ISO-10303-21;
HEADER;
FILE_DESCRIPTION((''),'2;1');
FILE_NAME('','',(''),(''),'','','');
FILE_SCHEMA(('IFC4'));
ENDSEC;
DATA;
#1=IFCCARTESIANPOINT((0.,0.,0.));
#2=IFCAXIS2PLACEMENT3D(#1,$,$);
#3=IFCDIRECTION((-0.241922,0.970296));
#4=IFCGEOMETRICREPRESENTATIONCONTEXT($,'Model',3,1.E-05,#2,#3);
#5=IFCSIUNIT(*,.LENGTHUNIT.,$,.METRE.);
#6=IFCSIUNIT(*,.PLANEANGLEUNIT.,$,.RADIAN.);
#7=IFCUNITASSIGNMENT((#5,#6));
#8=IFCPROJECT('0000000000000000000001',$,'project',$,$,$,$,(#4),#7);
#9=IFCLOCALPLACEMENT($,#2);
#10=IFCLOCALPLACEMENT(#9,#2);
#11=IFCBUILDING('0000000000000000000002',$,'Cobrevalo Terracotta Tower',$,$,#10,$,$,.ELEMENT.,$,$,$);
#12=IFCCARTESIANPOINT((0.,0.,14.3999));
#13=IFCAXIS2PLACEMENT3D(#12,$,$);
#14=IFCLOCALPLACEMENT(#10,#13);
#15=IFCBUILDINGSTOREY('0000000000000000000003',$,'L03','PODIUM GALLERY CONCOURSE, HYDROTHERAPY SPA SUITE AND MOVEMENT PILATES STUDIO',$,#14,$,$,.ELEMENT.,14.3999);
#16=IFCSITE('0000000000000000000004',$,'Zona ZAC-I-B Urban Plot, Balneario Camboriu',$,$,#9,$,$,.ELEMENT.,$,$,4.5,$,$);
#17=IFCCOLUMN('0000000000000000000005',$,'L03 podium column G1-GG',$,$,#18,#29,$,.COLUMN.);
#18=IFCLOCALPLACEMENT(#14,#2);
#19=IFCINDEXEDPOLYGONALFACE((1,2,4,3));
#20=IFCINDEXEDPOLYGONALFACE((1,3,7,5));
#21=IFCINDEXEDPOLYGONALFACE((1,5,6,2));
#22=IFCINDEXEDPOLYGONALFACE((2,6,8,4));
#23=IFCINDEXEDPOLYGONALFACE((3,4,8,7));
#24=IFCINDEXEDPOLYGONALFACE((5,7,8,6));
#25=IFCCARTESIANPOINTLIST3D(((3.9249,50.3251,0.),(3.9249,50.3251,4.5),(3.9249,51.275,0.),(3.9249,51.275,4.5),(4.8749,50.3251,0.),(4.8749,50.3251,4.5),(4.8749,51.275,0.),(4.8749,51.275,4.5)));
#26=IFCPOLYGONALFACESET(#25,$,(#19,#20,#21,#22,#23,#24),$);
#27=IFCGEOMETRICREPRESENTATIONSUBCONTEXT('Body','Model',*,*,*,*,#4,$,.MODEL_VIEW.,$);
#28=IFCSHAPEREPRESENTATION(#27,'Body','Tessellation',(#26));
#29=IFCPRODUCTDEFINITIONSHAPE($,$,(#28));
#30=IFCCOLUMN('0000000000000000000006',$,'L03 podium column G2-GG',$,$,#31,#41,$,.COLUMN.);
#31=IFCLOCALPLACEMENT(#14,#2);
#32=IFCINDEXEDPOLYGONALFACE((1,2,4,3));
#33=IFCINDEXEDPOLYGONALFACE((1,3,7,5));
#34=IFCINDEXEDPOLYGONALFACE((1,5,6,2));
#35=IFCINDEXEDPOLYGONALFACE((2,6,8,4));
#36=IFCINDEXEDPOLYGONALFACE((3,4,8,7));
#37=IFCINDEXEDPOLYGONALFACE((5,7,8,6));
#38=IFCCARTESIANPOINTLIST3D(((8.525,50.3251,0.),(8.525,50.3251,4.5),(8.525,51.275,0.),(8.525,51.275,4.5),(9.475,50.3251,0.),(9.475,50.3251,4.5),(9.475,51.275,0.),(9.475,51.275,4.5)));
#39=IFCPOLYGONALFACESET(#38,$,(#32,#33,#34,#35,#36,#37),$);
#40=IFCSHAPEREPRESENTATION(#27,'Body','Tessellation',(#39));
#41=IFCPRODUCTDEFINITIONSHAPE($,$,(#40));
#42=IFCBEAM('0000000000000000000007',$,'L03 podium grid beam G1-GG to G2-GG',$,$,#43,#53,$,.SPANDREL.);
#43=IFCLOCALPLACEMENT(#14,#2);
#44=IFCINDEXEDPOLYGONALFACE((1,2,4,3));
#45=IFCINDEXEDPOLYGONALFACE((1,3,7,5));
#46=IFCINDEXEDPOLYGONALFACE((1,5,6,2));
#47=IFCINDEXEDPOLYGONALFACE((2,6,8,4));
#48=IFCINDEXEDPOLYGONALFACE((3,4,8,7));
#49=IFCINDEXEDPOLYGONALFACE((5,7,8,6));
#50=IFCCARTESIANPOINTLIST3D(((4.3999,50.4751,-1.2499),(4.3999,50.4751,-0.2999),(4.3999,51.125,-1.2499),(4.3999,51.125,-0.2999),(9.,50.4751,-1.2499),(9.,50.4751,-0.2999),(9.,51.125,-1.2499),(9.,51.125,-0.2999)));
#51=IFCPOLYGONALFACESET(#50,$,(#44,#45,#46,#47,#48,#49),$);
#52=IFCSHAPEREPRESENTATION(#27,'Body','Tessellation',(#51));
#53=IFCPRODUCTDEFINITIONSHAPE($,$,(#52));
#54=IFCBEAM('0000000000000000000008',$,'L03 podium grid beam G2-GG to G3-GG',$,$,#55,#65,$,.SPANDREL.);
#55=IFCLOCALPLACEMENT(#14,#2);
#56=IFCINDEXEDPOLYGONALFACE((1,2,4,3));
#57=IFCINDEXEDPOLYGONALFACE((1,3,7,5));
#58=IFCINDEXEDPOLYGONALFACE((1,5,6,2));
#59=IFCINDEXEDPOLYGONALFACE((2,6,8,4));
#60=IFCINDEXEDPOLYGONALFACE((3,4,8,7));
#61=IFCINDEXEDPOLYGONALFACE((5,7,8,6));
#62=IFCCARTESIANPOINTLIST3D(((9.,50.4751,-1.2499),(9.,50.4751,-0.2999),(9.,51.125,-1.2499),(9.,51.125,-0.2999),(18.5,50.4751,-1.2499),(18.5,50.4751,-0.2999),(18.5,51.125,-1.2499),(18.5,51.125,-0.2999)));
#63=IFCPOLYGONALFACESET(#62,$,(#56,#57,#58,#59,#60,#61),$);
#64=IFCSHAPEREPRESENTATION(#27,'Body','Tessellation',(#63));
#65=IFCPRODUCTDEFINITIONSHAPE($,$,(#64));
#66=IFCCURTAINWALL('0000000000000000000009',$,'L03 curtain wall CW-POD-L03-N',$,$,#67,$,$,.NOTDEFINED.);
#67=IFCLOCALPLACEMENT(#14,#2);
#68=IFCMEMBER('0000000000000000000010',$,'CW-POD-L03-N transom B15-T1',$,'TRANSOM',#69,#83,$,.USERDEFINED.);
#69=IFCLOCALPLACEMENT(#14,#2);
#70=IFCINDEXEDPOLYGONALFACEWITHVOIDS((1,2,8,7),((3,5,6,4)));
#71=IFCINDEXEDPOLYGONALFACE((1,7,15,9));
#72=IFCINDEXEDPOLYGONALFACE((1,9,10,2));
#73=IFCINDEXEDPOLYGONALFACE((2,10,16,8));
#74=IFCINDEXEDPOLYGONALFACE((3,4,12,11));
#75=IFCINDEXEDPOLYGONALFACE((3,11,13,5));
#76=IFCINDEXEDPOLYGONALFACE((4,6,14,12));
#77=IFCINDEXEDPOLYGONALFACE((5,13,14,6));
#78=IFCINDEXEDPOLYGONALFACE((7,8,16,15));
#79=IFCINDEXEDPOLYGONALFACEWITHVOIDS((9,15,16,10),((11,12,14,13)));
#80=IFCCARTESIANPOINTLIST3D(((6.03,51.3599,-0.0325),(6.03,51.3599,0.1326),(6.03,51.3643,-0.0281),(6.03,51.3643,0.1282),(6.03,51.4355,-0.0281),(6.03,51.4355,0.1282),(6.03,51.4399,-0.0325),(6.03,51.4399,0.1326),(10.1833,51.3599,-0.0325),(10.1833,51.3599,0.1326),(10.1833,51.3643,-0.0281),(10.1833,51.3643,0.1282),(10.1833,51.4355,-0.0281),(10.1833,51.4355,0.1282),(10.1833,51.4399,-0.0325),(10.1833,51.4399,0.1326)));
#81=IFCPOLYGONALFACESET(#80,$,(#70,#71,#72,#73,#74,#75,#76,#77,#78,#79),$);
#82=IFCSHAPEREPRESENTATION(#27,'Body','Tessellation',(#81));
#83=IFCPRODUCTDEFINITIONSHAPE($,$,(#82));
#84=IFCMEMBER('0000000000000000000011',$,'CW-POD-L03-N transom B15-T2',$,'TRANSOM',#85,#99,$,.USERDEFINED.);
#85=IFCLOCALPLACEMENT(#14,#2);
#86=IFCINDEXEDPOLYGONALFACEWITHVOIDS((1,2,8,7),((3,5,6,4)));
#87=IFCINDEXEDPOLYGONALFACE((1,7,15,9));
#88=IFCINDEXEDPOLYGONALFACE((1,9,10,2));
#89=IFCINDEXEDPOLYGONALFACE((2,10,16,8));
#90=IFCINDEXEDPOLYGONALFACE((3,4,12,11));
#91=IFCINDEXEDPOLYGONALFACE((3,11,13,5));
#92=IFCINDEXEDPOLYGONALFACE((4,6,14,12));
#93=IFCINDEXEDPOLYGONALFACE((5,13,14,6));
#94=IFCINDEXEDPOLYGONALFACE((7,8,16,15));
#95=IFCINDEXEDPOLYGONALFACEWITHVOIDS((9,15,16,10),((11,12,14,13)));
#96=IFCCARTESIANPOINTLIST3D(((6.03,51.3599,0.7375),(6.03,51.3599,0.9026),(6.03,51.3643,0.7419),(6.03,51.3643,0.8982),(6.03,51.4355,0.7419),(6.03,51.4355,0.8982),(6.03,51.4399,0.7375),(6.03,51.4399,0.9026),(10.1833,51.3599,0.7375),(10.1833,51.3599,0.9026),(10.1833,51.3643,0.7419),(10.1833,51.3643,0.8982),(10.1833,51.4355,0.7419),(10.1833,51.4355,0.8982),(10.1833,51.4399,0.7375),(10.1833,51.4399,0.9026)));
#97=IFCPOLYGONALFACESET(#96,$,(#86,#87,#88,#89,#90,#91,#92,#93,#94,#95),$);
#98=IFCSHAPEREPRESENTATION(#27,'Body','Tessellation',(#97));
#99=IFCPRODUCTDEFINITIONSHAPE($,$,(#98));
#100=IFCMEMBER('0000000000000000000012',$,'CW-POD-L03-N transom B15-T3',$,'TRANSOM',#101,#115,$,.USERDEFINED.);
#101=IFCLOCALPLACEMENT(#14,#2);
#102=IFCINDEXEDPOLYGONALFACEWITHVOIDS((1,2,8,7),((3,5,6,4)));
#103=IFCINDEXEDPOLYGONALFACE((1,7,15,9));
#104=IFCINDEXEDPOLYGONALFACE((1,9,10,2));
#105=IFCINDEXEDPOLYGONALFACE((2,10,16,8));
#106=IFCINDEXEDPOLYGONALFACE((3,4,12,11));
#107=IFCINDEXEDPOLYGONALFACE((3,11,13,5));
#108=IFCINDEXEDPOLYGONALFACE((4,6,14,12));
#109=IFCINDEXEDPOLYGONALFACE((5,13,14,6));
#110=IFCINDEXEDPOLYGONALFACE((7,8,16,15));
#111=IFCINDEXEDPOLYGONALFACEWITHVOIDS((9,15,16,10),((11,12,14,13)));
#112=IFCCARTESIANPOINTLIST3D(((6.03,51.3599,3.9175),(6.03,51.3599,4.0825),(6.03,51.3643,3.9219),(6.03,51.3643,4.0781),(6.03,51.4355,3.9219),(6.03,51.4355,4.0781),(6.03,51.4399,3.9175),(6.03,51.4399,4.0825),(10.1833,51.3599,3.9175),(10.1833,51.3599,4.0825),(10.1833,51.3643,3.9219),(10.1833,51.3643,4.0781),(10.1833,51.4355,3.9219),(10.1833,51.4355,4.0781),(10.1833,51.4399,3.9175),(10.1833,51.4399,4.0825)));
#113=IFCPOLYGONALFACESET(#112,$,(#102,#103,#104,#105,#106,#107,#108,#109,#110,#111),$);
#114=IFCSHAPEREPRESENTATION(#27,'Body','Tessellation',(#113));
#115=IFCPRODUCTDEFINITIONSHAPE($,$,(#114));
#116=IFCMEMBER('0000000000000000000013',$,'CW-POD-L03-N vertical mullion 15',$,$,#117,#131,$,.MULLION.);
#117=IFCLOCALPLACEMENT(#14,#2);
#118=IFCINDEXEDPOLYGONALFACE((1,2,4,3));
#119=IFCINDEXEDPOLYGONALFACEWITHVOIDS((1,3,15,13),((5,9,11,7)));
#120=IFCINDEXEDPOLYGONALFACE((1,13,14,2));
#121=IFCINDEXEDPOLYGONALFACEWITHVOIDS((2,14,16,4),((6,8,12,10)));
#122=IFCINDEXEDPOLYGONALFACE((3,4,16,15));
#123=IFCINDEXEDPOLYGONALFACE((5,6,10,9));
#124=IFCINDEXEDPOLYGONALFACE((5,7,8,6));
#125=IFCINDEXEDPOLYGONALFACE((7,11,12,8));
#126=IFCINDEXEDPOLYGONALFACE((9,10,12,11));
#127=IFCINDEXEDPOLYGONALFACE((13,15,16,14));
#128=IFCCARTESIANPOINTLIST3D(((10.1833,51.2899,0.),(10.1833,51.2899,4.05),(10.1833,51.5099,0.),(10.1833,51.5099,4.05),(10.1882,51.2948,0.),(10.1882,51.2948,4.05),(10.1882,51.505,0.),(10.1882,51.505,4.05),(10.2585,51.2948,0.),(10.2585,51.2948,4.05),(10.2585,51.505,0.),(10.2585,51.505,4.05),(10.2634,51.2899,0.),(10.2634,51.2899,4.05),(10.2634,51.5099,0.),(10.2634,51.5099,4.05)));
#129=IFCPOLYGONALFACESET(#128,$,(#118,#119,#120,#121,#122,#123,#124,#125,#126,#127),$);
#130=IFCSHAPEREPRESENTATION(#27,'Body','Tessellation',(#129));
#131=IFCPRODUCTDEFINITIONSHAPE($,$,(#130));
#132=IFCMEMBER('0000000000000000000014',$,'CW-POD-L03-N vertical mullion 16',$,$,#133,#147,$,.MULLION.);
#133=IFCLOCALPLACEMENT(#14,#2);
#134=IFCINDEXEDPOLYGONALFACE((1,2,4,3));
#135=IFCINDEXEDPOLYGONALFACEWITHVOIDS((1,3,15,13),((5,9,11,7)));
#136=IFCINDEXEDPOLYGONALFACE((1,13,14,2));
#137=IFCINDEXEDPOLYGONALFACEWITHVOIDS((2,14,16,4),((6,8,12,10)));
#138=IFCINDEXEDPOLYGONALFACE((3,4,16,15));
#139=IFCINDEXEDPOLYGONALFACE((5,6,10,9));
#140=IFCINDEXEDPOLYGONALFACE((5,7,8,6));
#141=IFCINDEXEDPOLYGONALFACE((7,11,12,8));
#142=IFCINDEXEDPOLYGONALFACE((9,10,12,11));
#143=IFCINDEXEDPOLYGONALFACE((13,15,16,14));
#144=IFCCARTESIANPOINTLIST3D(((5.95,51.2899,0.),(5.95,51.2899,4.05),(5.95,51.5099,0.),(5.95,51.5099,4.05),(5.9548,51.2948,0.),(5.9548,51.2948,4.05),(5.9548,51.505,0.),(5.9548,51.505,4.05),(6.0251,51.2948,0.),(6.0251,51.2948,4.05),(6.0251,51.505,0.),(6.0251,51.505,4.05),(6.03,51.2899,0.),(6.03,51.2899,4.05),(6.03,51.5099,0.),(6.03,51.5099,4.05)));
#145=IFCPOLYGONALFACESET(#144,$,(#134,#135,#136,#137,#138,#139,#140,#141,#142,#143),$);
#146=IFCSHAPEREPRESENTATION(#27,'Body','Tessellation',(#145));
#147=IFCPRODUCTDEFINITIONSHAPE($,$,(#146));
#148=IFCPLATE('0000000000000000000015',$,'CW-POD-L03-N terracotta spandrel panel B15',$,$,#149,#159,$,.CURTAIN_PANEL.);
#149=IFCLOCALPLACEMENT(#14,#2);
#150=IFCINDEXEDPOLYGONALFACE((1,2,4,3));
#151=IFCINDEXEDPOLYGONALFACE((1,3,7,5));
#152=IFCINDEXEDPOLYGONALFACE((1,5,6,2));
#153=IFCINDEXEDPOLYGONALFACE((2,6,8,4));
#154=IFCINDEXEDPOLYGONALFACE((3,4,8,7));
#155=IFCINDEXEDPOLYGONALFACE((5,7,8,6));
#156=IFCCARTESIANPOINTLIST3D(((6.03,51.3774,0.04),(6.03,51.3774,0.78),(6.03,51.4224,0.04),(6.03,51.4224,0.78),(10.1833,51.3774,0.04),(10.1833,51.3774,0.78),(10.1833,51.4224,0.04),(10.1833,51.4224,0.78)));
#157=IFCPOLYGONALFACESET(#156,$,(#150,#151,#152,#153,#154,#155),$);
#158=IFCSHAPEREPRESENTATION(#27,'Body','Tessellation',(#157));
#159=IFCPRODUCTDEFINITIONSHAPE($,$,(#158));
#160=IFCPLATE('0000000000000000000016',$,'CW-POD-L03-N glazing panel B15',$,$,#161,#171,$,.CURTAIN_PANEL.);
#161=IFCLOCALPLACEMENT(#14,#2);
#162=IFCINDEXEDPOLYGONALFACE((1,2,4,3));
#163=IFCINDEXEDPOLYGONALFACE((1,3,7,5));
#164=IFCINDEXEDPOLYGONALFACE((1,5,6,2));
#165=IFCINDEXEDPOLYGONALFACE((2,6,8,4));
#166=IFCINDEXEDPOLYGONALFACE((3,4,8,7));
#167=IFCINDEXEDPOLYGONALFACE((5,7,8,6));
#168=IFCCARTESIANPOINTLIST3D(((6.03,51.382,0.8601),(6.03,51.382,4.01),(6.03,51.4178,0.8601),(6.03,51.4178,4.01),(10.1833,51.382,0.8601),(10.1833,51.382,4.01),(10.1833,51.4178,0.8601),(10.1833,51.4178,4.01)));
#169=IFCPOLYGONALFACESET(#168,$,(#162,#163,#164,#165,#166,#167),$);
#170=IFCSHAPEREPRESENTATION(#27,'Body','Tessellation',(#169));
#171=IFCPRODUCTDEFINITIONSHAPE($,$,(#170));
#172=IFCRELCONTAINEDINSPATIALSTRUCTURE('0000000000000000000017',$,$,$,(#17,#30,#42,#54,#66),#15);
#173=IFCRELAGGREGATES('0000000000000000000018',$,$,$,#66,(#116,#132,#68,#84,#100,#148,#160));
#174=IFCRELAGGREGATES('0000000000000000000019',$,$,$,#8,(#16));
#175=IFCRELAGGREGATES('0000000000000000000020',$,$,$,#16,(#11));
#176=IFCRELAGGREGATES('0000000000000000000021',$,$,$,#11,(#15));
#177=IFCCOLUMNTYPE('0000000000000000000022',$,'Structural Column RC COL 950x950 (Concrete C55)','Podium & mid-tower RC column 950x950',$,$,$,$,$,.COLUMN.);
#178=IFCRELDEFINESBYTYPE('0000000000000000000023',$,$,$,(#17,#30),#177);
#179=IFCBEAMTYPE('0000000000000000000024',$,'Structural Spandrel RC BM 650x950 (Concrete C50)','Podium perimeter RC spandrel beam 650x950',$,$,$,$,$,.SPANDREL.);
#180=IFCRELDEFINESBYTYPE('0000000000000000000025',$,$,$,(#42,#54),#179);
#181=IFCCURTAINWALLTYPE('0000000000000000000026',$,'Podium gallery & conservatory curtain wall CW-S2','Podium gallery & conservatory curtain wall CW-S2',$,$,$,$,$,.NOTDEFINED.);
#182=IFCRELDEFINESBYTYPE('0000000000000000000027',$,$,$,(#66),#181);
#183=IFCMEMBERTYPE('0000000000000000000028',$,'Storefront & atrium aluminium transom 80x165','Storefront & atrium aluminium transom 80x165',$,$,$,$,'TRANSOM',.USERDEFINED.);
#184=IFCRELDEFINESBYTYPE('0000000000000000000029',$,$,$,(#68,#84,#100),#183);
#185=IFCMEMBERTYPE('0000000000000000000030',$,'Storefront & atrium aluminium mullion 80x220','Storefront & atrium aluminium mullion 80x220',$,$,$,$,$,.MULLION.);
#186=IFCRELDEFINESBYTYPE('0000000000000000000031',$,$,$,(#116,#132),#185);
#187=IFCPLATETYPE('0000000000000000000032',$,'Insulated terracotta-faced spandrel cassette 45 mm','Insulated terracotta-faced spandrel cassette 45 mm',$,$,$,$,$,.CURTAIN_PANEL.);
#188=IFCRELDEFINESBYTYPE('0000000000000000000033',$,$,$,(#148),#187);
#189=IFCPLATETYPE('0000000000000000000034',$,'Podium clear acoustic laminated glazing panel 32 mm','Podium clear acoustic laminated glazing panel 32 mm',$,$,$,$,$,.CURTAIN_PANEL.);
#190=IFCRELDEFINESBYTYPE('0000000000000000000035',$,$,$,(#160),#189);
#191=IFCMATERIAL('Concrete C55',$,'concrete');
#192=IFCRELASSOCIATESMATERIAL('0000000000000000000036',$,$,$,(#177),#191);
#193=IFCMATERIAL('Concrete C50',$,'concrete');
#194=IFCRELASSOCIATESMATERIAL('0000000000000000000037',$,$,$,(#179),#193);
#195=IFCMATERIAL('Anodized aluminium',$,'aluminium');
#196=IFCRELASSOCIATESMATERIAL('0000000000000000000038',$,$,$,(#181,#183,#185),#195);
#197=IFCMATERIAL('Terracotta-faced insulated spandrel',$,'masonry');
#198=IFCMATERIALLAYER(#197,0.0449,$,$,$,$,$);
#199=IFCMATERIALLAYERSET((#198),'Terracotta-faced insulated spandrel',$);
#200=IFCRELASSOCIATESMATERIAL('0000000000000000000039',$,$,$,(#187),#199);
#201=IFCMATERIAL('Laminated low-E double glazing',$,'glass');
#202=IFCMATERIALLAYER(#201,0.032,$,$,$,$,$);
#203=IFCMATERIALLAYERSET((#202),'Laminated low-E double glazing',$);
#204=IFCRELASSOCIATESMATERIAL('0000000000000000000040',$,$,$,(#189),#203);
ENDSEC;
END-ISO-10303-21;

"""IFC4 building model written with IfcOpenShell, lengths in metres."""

from ifc_helpers import new_model, si_unit, direction, frame, origin, origin_2d, place, context, subcontext, project, spatial, rectangle, hollow_rectangle, extrude, source, transform, mapped, material, layer, layer_set, material_profile, profile_set, type_object, element, aggregate, save


model = new_model("IFC4")

# Units and contexts
model_context = context("Model", 3, precision=1e-05, world=origin(), true_north=direction((-0.241922, 0.970296)))
body_context = subcontext(model_context, "Body", "Model", "MODEL_VIEW")
ifc_project = project(units=[si_unit("LENGTHUNIT", "METRE"), si_unit("PLANEANGLEUNIT", "RADIAN")], contexts=[model_context])

# Site, building, storey
site_placement = place(None, origin())
site = spatial("IfcSite", under=ifc_project, at=site_placement, Name="Zona ZAC-I-B Urban Plot, Balneario Camboriu", CompositionType="ELEMENT", RefElevation=4.5)
building_placement = place(site_placement, origin())
building = spatial("IfcBuilding", under=site, at=building_placement, Name="Cobrevalo Terracotta Tower", CompositionType="ELEMENT")
storey_placement = place(building_placement, frame((0.0, 0.0, 14.3999)))
storey = spatial("IfcBuildingStorey", under=building, at=storey_placement, Name="L03", Description="PODIUM GALLERY CONCOURSE, HYDROTHERAPY SPA SUITE AND MOVEMENT PILATES STUDIO", CompositionType="ELEMENT", Elevation=14.3999)

# Columns
ifc_material_1 = material(Name="Concrete C55", Category="concrete")
ifc_material_profile_1 = material_profile(ifc_material_1, rectangle(XDim=0.95, YDim=0.95, at=origin_2d()), Name="RC COL 950x950")
ifc_profile_set_1 = profile_set([ifc_material_profile_1], Name="Concrete C55")
column_type = type_object("IfcColumnType", Name="Structural Column RC COL 950x950 (Concrete C55)", Description="Podium & mid-tower RC column 950x950", PredefinedType="COLUMN", material=ifc_profile_set_1)
for number, where, z_axis, x_axis, name in (
    (1, (4.3999, 50.8, 0.0), (0.0, 0.0, 1.0), (1.0, 0.0, 0.0), "L03 podium column G1-GG"),
    (2, (9.0, 50.8, 0.0), (0.0, 0.0, 1.0), (1.0, 0.0, 0.0), "L03 podium column G2-GG"),
):
    element("IfcColumn", number, at=place(storey_placement, frame(where, z_axis=z_axis, x_axis=x_axis)), inside=storey, type_object=column_type, Name=name, PredefinedType="COLUMN", context=body_context, shape_type="SweptSolid", body=[
        extrude(rectangle(XDim=0.95, YDim=0.95, at=origin_2d()), origin(), (0.0, 0.0, 1.0), 4.5),
    ])

# Beams
ifc_material_2 = material(Name="Concrete C50", Category="concrete")
ifc_material_profile_2 = material_profile(ifc_material_2, rectangle(XDim=0.6499, YDim=0.95, at=origin_2d()), Name="RC BM 650x950")
ifc_profile_set_2 = profile_set([ifc_material_profile_2], Name="Concrete C50")
beam_type = type_object("IfcBeamType", Name="Structural Spandrel RC BM 650x950 (Concrete C50)", Description="Podium perimeter RC spandrel beam 650x950", PredefinedType="SPANDREL", material=ifc_profile_set_2)
beam_1_placement = place(storey_placement, frame((4.3999, 50.8, -0.7749), z_axis=(1.0, 0.0, 0.0), x_axis=(0.0, 1.0, 0.0)))
element("IfcBeam", 3, at=beam_1_placement, inside=storey, type_object=beam_type, Name="L03 podium grid beam G1-GG to G2-GG", PredefinedType="SPANDREL", context=body_context, shape_type="SweptSolid", body=[
    extrude(rectangle(XDim=0.6499, YDim=0.95, at=origin_2d()), origin(), (0.0, 0.0, 1.0), 4.6001),
])
beam_2_placement = place(storey_placement, frame((9.0, 50.8, -0.7749), z_axis=(1.0, 0.0, 0.0), x_axis=(0.0, 1.0, 0.0)))
element("IfcBeam", 4, at=beam_2_placement, inside=storey, type_object=beam_type, Name="L03 podium grid beam G2-GG to G3-GG", PredefinedType="SPANDREL", context=body_context, shape_type="SweptSolid", body=[
    extrude(rectangle(XDim=0.6499, YDim=0.95, at=origin_2d()), origin(), (0.0, 0.0, 1.0), 9.5),
])

# Curtain wall, members, plates
ifc_material_3 = material(Name="Anodized aluminium", Category="aluminium")
curtain_wall_type = type_object("IfcCurtainWallType", Name="Podium gallery & conservatory curtain wall CW-S2", Description="Podium gallery & conservatory curtain wall CW-S2", PredefinedType="NOTDEFINED", material=ifc_material_3)
curtain_wall_placement = place(storey_placement, origin())
curtain_wall = element("IfcCurtainWall", 5, at=curtain_wall_placement, inside=storey, type_object=curtain_wall_type, Name="L03 curtain wall CW-POD-L03-N", PredefinedType="NOTDEFINED")
ifc_material_profile_3 = material_profile(ifc_material_3, hollow_rectangle(XDim=0.0801, YDim=0.165, WallThickness=0.0044, at=origin_2d()), Name="CWT 80x165")
ifc_profile_set_3 = profile_set([ifc_material_profile_3], Name="Anodized aluminium")
member_type_1 = type_object("IfcMemberType", Name="Storefront & atrium aluminium transom 80x165", Description="Storefront & atrium aluminium transom 80x165", ElementType="TRANSOM", PredefinedType="USERDEFINED", material=ifc_profile_set_3)
shared_shape_1 = source(origin(), body_context, "Body", "SweptSolid", [
    extrude(hollow_rectangle(XDim=0.0801, YDim=0.165, WallThickness=0.0044, at=origin_2d()), origin(), (0.0, 0.0, 1.0), 4.1533),
])
member_1_placement = place(storey_placement, frame((10.1833, 51.3999, 0.05), z_axis=(-1.0, 0.0, 0.0), x_axis=(0.0, -1.0, 0.0)))
member_1 = element("IfcMember", 6, at=member_1_placement, type_object=member_type_1, Name="CW-POD-L03-N transom B15-T1", ObjectType="TRANSOM", PredefinedType="USERDEFINED", context=body_context, shape_type="MappedRepresentation", body=[
    mapped(shared_shape_1, transform((0.0, 0.0, 0.0), scale=1.0)),
])
member_2_placement = place(storey_placement, frame((10.1833, 51.3999, 0.8201), z_axis=(-1.0, 0.0, 0.0), x_axis=(0.0, -1.0, 0.0)))
member_2 = element("IfcMember", 7, at=member_2_placement, type_object=member_type_1, Name="CW-POD-L03-N transom B15-T2", ObjectType="TRANSOM", PredefinedType="USERDEFINED", context=body_context, shape_type="MappedRepresentation", body=[
    mapped(shared_shape_1, transform((0.0, 0.0, 0.0), scale=1.0)),
])
member_3_placement = place(storey_placement, frame((10.1833, 51.3999, 4.0), z_axis=(-1.0, 0.0, 0.0), x_axis=(0.0, -1.0, 0.0)))
member_3 = element("IfcMember", 8, at=member_3_placement, type_object=member_type_1, Name="CW-POD-L03-N transom B15-T3", ObjectType="TRANSOM", PredefinedType="USERDEFINED", context=body_context, shape_type="MappedRepresentation", body=[
    mapped(shared_shape_1, transform((0.0, 0.0, 0.0), scale=1.0)),
])
ifc_material_profile_4 = material_profile(ifc_material_3, hollow_rectangle(XDim=0.0801, YDim=0.22, WallThickness=0.0049, at=origin_2d()), Name="CWM 80x220")
ifc_profile_set_4 = profile_set([ifc_material_profile_4], Name="Anodized aluminium")
member_type_2 = type_object("IfcMemberType", Name="Storefront & atrium aluminium mullion 80x220", Description="Storefront & atrium aluminium mullion 80x220", PredefinedType="MULLION", material=ifc_profile_set_4)
shared_shape_2 = source(origin(), body_context, "Body", "SweptSolid", [
    extrude(hollow_rectangle(XDim=0.0801, YDim=0.22, WallThickness=0.0049, at=origin_2d()), origin(), (0.0, 0.0, 1.0), 4.05),
])
member_4_placement = place(storey_placement, frame((10.2234, 51.3999, 0.0), z_axis=(0.0, 0.0, 1.0), x_axis=(-1.0, 0.0, 0.0)))
member_4 = element("IfcMember", 9, at=member_4_placement, type_object=member_type_2, Name="CW-POD-L03-N vertical mullion 15", PredefinedType="MULLION", context=body_context, shape_type="MappedRepresentation", body=[
    mapped(shared_shape_2, transform((0.0, 0.0, 0.0), scale=1.0)),
])
member_5_placement = place(storey_placement, frame((5.99, 51.3999, 0.0), z_axis=(0.0, 0.0, 1.0), x_axis=(-1.0, 0.0, 0.0)))
member_5 = element("IfcMember", 10, at=member_5_placement, type_object=member_type_2, Name="CW-POD-L03-N vertical mullion 16", PredefinedType="MULLION", context=body_context, shape_type="MappedRepresentation", body=[
    mapped(shared_shape_2, transform((0.0, 0.0, 0.0), scale=1.0)),
])
ifc_material_4 = material(Name="Terracotta-faced insulated spandrel", Category="masonry")
ifc_layer_1 = layer(ifc_material_4, 0.0449)
ifc_layer_set_1 = layer_set([ifc_layer_1], Name="Terracotta-faced insulated spandrel")
plate_type_1 = type_object("IfcPlateType", Name="Insulated terracotta-faced spandrel cassette 45 mm", Description="Insulated terracotta-faced spandrel cassette 45 mm", PredefinedType="CURTAIN_PANEL", material=ifc_layer_set_1)
shared_shape_3 = source(origin(), body_context, "Body", "SweptSolid", [
    extrude(rectangle(XDim=4.1533, YDim=0.0449, at=origin_2d()), origin(), (0.0, 0.0, 1.0), 0.74),
])
plate_1_placement = place(storey_placement, frame((8.1067, 51.3999, 0.04), z_axis=(0.0, 0.0, 1.0), x_axis=(-1.0, 0.0, 0.0)))
plate_1 = element("IfcPlate", 11, at=plate_1_placement, type_object=plate_type_1, Name="CW-POD-L03-N terracotta spandrel panel B15", PredefinedType="CURTAIN_PANEL", context=body_context, shape_type="MappedRepresentation", body=[
    mapped(shared_shape_3, transform((0.0, 0.0, 0.0), scale=1.0)),
])
ifc_material_5 = material(Name="Laminated low-E double glazing", Category="glass")
ifc_layer_2 = layer(ifc_material_5, 0.032)
ifc_layer_set_2 = layer_set([ifc_layer_2], Name="Laminated low-E double glazing")
plate_type_2 = type_object("IfcPlateType", Name="Podium clear acoustic laminated glazing panel 32 mm", Description="Podium clear acoustic laminated glazing panel 32 mm", PredefinedType="CURTAIN_PANEL", material=ifc_layer_set_2)
shared_shape_4 = source(origin(), body_context, "Body", "SweptSolid", [
    extrude(rectangle(XDim=4.1533, YDim=0.0359, at=origin_2d()), origin(), (0.0, 0.0, 1.0), 3.1499),
])
plate_2_placement = place(storey_placement, frame((8.1067, 51.3999, 0.8601), z_axis=(0.0, 0.0, 1.0), x_axis=(-1.0, 0.0, 0.0)))
plate_2 = element("IfcPlate", 12, at=plate_2_placement, type_object=plate_type_2, Name="CW-POD-L03-N glazing panel B15", PredefinedType="CURTAIN_PANEL", context=body_context, shape_type="MappedRepresentation", body=[
    mapped(shared_shape_4, transform((0.0, 0.0, 0.0), scale=1.0)),
])
aggregate(curtain_wall, [member_4, member_5, member_1, member_2, member_3, plate_1, plate_2])

save(model, "model.ifc")
